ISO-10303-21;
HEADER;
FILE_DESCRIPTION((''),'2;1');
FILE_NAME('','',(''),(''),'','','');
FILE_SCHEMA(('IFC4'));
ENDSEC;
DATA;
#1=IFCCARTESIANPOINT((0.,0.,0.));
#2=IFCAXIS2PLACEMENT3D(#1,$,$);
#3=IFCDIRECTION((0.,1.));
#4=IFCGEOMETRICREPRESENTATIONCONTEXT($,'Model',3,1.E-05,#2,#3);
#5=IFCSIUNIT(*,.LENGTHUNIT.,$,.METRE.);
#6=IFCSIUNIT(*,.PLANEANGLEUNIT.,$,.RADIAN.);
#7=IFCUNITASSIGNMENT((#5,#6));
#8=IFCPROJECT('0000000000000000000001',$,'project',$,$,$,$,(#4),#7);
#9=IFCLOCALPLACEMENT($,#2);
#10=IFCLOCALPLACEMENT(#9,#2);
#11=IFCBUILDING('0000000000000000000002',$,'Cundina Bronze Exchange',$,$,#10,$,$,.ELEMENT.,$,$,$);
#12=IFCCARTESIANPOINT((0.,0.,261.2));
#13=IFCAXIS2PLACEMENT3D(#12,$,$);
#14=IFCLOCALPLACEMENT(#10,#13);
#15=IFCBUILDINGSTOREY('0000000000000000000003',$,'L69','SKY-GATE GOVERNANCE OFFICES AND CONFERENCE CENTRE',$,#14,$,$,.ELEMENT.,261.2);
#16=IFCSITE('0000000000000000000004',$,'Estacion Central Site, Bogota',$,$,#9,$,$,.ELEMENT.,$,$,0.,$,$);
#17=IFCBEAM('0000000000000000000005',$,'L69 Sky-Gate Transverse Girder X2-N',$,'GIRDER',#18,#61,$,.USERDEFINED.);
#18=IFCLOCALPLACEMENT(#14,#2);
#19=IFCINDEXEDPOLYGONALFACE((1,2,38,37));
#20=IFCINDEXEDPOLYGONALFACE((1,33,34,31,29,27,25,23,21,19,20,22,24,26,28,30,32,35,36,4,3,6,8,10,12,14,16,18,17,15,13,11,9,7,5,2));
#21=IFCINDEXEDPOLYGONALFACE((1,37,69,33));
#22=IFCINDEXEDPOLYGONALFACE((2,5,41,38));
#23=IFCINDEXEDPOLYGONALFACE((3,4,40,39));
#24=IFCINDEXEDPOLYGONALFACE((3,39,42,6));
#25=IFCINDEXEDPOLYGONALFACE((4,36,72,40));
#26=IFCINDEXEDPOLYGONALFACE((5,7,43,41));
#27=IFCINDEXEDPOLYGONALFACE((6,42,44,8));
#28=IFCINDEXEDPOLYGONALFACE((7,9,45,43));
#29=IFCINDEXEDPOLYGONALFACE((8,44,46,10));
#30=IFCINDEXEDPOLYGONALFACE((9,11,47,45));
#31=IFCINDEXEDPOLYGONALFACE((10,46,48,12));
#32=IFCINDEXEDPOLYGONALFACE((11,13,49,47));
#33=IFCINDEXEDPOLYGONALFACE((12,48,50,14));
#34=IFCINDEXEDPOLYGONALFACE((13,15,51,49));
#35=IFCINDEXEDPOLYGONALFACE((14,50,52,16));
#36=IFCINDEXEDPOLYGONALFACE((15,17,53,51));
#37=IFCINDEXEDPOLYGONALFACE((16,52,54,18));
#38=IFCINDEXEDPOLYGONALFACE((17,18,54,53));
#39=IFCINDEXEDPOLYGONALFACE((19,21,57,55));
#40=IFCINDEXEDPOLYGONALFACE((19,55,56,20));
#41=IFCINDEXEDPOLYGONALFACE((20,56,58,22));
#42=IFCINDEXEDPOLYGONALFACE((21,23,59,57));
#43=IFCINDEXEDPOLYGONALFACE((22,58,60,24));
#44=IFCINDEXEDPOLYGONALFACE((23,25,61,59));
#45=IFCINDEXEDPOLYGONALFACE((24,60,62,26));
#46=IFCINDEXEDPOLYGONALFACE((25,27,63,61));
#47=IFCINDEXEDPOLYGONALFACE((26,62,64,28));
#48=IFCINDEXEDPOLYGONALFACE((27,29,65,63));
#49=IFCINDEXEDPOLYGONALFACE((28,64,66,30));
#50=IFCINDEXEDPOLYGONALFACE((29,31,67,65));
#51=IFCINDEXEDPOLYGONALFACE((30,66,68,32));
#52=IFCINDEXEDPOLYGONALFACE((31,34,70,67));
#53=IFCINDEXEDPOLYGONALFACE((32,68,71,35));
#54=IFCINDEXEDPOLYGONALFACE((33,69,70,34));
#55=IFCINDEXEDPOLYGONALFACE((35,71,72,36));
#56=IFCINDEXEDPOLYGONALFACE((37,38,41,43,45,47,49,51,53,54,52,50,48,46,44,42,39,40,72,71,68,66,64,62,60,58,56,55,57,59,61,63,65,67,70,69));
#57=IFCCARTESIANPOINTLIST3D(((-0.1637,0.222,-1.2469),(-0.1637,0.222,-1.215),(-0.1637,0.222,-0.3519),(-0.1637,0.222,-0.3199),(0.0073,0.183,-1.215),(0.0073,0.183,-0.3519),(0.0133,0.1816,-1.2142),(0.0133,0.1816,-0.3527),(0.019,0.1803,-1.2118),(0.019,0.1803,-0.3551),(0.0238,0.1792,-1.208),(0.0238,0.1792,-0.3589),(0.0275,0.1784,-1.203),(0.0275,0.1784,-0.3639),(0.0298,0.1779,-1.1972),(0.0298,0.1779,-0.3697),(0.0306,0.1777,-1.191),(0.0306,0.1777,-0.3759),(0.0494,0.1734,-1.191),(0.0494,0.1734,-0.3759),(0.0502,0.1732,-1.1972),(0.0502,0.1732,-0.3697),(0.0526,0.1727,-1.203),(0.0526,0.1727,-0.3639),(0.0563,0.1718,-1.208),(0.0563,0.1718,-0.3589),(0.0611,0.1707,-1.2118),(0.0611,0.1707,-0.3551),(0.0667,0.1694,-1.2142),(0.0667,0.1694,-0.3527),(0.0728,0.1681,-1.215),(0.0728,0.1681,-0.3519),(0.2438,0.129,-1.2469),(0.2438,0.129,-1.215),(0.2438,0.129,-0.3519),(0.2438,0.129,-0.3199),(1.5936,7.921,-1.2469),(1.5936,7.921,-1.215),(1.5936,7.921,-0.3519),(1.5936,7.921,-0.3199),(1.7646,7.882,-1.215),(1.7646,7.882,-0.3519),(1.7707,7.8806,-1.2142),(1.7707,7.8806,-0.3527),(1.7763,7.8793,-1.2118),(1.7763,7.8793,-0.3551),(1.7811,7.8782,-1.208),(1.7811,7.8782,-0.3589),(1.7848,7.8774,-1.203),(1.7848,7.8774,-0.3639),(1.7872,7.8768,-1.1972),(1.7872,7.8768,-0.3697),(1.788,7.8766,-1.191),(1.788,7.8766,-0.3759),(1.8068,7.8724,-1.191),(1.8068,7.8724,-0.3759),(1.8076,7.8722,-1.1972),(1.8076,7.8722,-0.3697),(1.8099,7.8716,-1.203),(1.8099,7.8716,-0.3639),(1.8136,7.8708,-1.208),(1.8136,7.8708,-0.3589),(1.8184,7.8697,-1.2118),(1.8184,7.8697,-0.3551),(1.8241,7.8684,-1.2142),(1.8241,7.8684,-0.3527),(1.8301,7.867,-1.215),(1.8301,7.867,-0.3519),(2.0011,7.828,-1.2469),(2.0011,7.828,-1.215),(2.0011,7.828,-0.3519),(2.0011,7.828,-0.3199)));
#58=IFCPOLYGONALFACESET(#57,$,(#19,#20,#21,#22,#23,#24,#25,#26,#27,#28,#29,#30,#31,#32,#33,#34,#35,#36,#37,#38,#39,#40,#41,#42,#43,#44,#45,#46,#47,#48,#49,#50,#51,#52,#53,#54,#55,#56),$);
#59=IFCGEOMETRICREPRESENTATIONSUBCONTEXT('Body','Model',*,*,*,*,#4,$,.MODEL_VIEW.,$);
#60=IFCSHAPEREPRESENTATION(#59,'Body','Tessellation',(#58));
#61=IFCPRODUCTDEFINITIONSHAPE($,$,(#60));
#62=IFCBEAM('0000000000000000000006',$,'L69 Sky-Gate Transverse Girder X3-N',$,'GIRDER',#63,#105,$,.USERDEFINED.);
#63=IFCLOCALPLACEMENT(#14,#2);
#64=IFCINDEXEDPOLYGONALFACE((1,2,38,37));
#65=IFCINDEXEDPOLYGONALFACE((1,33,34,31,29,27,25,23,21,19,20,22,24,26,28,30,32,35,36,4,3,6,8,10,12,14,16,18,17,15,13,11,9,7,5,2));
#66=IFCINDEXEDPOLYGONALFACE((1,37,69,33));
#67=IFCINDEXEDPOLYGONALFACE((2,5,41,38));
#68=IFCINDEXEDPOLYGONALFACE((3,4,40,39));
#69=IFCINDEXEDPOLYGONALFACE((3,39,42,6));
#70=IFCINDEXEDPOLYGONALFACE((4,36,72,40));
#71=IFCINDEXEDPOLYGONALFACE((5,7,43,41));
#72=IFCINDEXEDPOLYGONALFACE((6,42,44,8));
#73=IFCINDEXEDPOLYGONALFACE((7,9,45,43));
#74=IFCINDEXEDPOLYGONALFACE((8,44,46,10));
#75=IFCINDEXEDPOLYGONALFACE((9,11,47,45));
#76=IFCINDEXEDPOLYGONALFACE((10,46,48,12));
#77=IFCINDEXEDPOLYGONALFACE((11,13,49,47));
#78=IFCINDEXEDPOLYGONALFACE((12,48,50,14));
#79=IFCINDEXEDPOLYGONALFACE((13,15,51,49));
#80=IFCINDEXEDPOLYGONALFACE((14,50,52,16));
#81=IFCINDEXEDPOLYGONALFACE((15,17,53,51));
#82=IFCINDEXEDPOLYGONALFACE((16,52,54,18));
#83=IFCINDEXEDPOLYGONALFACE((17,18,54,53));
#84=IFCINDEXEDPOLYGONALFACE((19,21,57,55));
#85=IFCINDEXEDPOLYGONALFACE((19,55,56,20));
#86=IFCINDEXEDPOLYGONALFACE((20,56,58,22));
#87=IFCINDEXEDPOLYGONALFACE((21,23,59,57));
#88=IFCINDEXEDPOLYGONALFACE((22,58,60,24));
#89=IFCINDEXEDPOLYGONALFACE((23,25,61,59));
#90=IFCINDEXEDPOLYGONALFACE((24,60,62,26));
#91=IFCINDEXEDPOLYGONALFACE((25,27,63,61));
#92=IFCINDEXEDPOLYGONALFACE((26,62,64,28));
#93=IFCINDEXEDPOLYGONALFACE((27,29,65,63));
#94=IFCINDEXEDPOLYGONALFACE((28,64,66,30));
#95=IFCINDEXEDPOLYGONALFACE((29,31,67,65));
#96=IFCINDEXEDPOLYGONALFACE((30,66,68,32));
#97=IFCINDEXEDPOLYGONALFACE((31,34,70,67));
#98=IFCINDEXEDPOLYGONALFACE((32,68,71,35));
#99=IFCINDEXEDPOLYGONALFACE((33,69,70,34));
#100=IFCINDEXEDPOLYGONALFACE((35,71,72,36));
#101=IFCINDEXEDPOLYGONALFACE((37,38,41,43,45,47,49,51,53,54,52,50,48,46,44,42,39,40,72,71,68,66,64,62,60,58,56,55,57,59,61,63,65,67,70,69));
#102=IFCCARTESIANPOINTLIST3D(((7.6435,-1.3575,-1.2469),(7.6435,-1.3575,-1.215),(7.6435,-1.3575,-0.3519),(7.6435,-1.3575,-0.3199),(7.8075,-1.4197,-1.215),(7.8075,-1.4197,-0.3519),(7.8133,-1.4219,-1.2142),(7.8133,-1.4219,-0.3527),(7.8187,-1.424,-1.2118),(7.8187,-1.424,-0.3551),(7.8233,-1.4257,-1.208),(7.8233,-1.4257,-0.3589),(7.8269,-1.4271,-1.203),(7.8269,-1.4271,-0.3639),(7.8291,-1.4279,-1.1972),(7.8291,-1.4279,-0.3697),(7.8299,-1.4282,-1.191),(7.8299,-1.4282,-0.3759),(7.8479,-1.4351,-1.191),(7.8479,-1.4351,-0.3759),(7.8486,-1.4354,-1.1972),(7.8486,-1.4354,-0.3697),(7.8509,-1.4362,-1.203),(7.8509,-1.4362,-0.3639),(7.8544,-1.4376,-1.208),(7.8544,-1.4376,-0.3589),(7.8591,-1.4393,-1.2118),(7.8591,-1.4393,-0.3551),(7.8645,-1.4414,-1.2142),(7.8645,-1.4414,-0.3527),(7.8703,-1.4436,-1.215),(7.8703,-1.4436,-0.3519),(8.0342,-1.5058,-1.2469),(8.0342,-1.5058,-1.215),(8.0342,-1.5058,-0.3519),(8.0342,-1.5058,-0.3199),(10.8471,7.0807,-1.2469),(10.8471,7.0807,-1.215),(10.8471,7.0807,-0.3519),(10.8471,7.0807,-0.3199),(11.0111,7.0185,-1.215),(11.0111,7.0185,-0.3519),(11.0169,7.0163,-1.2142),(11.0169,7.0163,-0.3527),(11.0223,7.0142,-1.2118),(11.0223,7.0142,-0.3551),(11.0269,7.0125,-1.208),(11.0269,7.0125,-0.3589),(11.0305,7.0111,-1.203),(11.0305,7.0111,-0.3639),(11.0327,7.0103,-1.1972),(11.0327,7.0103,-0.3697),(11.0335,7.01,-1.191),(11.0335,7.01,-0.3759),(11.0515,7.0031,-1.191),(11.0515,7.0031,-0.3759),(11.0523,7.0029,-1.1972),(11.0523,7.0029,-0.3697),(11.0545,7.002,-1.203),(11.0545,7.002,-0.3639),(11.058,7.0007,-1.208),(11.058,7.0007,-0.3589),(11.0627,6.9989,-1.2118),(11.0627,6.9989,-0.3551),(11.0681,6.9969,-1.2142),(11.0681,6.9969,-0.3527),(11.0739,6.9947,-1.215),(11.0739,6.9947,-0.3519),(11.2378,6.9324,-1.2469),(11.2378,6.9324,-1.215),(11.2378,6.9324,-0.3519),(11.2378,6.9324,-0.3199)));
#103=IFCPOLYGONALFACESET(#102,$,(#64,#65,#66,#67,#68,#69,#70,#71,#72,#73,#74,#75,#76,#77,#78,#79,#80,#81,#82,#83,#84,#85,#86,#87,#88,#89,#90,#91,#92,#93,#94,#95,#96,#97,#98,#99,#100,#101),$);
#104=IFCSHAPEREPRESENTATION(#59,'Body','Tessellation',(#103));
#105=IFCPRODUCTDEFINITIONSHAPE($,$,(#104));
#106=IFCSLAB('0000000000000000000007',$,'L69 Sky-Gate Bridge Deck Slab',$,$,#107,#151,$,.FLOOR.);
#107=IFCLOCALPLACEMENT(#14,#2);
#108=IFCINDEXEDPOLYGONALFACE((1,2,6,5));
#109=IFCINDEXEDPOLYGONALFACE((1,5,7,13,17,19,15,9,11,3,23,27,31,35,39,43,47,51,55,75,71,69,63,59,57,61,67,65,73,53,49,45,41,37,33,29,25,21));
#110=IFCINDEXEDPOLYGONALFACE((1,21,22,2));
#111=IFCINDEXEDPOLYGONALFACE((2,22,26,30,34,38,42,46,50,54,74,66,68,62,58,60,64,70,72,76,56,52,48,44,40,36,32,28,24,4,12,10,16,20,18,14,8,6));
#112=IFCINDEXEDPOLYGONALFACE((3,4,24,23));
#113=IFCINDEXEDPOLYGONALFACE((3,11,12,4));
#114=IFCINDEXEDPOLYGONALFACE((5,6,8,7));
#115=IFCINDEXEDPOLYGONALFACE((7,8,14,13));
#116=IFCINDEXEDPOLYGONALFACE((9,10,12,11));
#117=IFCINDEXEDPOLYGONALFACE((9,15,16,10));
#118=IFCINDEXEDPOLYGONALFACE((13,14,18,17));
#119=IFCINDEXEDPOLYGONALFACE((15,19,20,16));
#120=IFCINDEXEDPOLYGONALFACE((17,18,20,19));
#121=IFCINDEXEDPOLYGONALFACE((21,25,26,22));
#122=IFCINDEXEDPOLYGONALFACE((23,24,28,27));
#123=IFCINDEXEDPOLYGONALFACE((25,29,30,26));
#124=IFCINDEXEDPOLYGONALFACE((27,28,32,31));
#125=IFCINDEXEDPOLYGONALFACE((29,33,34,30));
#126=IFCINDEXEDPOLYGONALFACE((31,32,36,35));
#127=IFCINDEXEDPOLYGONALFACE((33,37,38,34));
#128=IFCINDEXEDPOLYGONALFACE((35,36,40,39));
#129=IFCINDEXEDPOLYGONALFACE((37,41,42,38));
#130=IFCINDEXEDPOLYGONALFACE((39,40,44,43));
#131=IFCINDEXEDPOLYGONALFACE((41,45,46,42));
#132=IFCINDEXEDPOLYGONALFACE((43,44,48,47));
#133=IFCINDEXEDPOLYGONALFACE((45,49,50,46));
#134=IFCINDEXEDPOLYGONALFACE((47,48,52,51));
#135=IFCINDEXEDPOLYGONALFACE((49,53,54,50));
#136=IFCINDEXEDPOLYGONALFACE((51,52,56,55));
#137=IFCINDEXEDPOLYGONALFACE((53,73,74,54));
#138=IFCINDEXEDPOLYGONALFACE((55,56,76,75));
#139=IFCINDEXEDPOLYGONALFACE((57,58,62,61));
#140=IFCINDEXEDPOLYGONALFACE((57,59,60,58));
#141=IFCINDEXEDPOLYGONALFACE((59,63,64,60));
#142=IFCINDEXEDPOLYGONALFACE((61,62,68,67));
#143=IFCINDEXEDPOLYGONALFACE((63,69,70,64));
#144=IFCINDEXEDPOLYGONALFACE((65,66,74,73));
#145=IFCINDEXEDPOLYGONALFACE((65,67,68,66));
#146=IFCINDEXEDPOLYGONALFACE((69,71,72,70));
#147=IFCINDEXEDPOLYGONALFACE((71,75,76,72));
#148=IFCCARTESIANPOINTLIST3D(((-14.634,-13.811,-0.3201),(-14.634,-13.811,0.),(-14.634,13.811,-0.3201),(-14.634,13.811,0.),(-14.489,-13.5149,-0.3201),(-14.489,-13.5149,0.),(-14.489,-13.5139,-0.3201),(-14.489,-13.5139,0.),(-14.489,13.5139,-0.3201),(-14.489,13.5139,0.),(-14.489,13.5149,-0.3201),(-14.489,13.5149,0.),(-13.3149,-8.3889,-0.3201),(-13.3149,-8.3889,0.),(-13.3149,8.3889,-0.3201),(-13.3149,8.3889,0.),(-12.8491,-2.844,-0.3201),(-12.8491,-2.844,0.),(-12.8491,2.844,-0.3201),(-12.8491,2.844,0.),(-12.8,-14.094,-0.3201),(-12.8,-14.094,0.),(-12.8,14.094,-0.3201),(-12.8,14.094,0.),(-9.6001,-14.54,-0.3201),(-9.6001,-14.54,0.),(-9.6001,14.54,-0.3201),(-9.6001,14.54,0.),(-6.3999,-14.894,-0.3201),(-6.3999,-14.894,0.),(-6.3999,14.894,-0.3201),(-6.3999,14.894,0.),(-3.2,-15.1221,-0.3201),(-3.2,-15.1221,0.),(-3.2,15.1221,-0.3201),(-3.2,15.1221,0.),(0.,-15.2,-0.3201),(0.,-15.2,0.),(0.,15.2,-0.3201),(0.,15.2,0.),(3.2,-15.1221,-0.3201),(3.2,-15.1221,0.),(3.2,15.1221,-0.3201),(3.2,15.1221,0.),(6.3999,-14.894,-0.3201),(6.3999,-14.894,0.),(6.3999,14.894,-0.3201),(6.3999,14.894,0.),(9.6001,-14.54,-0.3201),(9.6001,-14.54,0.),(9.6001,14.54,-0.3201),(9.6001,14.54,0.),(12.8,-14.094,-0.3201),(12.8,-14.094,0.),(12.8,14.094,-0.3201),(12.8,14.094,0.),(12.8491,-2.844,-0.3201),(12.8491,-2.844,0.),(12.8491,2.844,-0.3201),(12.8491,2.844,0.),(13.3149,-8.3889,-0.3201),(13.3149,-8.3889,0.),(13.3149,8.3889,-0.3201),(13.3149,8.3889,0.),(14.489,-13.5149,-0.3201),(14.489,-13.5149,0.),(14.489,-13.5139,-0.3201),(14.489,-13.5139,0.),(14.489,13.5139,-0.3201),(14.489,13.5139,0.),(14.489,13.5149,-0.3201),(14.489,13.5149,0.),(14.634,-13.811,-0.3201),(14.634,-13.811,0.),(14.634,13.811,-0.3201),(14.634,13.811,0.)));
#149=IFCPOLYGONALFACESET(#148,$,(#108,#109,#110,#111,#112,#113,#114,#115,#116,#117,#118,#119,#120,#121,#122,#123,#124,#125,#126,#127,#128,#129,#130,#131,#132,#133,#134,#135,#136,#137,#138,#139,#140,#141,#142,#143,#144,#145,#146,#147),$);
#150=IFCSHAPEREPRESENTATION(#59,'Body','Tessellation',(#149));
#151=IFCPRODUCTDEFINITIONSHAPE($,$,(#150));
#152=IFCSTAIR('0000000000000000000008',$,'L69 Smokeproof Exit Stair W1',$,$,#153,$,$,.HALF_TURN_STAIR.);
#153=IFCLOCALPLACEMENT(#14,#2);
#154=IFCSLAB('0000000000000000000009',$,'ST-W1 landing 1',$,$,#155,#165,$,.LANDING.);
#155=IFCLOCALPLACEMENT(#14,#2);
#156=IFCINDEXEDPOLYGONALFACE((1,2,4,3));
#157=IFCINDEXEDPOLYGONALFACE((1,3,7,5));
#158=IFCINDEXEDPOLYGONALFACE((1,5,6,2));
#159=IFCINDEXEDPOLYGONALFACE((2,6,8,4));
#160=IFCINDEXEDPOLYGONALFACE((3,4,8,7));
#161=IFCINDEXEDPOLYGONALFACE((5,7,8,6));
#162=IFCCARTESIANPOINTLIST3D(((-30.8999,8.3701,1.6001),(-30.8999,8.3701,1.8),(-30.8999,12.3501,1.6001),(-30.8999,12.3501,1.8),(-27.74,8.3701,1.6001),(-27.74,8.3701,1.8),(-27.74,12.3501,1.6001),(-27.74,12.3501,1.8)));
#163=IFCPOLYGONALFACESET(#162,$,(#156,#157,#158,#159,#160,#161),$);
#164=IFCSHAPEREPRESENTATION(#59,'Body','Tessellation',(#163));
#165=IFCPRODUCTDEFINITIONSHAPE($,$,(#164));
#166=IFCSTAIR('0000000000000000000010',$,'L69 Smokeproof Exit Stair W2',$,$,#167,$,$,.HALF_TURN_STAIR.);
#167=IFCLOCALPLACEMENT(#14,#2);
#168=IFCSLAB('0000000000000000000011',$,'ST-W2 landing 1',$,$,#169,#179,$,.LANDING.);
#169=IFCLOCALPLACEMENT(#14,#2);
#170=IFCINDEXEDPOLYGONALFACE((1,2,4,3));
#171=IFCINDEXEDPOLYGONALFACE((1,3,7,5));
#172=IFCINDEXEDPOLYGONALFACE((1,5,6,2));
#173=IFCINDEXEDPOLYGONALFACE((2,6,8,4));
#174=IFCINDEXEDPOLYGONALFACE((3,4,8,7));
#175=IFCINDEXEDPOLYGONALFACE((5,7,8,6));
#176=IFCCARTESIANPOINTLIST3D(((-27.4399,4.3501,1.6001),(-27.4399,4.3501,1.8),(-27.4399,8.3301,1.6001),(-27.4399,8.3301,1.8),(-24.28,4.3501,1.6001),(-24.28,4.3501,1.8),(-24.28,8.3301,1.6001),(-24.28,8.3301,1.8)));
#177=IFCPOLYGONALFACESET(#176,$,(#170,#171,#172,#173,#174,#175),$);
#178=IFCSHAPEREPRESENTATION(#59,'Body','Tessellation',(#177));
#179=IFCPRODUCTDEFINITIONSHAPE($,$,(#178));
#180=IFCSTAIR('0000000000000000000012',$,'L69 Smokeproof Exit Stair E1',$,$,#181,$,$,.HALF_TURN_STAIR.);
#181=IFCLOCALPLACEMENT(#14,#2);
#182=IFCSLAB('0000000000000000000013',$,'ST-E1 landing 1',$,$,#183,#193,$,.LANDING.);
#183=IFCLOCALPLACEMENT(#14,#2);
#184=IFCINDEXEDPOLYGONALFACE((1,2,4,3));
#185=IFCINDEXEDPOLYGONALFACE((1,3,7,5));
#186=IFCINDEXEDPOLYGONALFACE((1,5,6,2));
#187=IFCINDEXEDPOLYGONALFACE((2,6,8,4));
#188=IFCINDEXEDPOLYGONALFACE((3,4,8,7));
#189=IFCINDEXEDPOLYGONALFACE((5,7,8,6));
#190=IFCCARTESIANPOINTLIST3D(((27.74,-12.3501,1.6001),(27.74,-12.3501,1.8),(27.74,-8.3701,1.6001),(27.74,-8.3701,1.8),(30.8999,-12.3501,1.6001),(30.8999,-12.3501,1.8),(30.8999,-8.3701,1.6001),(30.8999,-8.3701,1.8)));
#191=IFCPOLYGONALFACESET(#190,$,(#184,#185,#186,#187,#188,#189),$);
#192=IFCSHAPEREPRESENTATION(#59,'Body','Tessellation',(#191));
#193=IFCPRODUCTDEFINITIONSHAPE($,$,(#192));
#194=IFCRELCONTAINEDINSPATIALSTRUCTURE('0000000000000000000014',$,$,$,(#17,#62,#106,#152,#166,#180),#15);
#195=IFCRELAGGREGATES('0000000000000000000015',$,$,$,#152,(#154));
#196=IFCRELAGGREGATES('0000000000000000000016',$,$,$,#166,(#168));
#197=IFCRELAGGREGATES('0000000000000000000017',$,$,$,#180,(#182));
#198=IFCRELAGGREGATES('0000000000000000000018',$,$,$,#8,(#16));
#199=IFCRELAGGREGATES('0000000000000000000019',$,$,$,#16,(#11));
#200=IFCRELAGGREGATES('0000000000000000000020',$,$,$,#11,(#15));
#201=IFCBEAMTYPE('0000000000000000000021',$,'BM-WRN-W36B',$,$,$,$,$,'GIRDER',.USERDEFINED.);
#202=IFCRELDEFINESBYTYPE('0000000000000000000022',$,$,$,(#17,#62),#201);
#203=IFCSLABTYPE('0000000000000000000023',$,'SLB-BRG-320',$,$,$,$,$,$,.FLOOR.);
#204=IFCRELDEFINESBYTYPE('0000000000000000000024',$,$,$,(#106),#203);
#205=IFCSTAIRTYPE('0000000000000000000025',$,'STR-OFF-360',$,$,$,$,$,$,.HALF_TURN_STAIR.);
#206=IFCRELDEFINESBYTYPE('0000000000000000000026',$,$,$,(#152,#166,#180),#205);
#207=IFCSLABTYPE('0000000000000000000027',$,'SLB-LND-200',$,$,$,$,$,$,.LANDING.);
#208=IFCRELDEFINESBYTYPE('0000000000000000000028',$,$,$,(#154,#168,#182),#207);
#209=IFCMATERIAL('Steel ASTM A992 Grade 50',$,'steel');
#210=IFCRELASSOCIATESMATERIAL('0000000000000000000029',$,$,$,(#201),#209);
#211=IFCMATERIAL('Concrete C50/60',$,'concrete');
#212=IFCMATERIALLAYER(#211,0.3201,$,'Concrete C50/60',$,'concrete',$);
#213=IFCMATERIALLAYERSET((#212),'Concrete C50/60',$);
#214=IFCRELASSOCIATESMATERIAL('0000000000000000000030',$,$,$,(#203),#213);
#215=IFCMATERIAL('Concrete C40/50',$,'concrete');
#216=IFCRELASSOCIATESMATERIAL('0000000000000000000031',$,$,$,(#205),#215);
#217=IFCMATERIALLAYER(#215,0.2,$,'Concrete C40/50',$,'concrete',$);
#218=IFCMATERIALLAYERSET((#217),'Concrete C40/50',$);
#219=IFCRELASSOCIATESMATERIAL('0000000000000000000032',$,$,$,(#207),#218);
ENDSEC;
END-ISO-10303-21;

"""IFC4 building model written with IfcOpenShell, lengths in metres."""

from ifc_helpers import new_model, si_unit, direction, frame, origin, origin_2d, place, context, subcontext, project, spatial, polyline, i_section, outline, extrude, material, layer, layer_set, material_profile, profile_set, type_object, element, aggregate, save


model = new_model("IFC4")

# Units and contexts
model_context = context("Model", 3, precision=1e-05, world=origin(), true_north=direction((0.0, 1.0)))
body_context = subcontext(model_context, "Body", "Model", "MODEL_VIEW")
ifc_project = project(units=[si_unit("LENGTHUNIT", "METRE"), si_unit("PLANEANGLEUNIT", "RADIAN")], contexts=[model_context])

# Site, building, storey
site_placement = place(None, origin())
site = spatial("IfcSite", under=ifc_project, at=site_placement, Name="Estacion Central Site, Bogota", CompositionType="ELEMENT", RefElevation=0.0)
building_placement = place(site_placement, origin())
building = spatial("IfcBuilding", under=site, at=building_placement, Name="Cundina Bronze Exchange", CompositionType="ELEMENT")
storey_placement = place(building_placement, frame((0.0, 0.0, 261.2)))
storey = spatial("IfcBuildingStorey", under=building, at=storey_placement, Name="L69", Description="SKY-GATE GOVERNANCE OFFICES AND CONFERENCE CENTRE", CompositionType="ELEMENT", Elevation=261.2)

# Shared definitions
ifc_material_1 = material(Name="Concrete C50/60", Category="concrete")

# Beams
ifc_material_2 = material(Name="Steel ASTM A992 Grade 50", Category="steel")
ifc_material_profile_1 = material_profile(ifc_material_2, i_section(OverallWidth=0.418, OverallDepth=0.927, WebThickness=0.0193, FlangeThickness=0.032, FilletRadius=0.0239, at=origin_2d()), Name="W36X231", Category="steel")
ifc_profile_set_1 = profile_set([ifc_material_profile_1], Name="Steel ASTM A992 Grade 50")
beam_type_1 = type_object("IfcBeamType", Name="BM-WRN-W36B", ElementType="GIRDER", PredefinedType="USERDEFINED", material=ifc_profile_set_1)
beam_1_placement = place(storey_placement, frame((0.04, 0.1755, -0.7834), z_axis=(0.222531, 0.974926, 0.0), x_axis=(-0.974926, 0.222531, 0.0)))
element("IfcBeam", 1, at=beam_1_placement, inside=storey, type_object=beam_type_1, Name="L69 Sky-Gate Transverse Girder X2-N", ObjectType="GIRDER", PredefinedType="USERDEFINED", context=body_context, shape_type="SweptSolid", body=[
    extrude(i_section(OverallWidth=0.418, OverallDepth=0.927, WebThickness=0.0193, FlangeThickness=0.032, FilletRadius=0.0239, at=origin_2d()), origin(), (0.0, 0.0, 1.0), 7.897),
])
beam_2_placement = place(storey_placement, frame((7.8389, -1.4316, -0.7834), z_axis=(0.354936, 0.934891, 0.0), x_axis=(-0.934891, 0.354936, 0.0)))
element("IfcBeam", 2, at=beam_2_placement, inside=storey, type_object=beam_type_1, Name="L69 Sky-Gate Transverse Girder X3-N", ObjectType="GIRDER", PredefinedType="USERDEFINED", context=body_context, shape_type="SweptSolid", body=[
    extrude(i_section(OverallWidth=0.418, OverallDepth=0.927, WebThickness=0.0193, FlangeThickness=0.032, FilletRadius=0.0239, at=origin_2d()), origin(), (0.0, 0.0, 1.0), 9.0259),
])

# Slab
ifc_layer_1 = layer(ifc_material_1, 0.3201, Name="Concrete C50/60", Category="concrete")
ifc_layer_set_1 = layer_set([ifc_layer_1], Name="Concrete C50/60")
slab_type_1 = type_object("IfcSlabType", Name="SLB-BRG-320", PredefinedType="FLOOR", material=ifc_layer_set_1)
slab_1_placement = place(storey_placement, frame((0.0, 0.0, -0.3201)))
element("IfcSlab", 3, at=slab_1_placement, inside=storey, type_object=slab_type_1, Name="L69 Sky-Gate Bridge Deck Slab", PredefinedType="FLOOR", context=body_context, shape_type="SweptSolid", body=[
    extrude(outline(polyline([(12.8, -14.094), (9.6001, -14.54), (6.3999, -14.894), (3.2, -15.1221), (0.0, -15.2), (-3.2, -15.1221), (-6.3999, -14.894), (-9.6001, -14.54), (-12.8, -14.094), (-14.634, -13.811), (-14.489, -13.5149), (-14.489, -13.5149), (-14.489, -13.5139), (-13.3149, -8.3889), (-13.3149, -8.3889), (-12.8491, -2.844), (-12.8491, -2.844), (-12.8491, 2.844), (-12.8491, 2.844), (-13.3149, 8.3889), (-13.3149, 8.3889), (-14.489, 13.5139), (-14.489, 13.5149), (-14.489, 13.5149), (-14.634, 13.811), (-12.8, 14.094), (-9.6001, 14.54), (-6.3999, 14.894), (-3.2, 15.1221), (0.0, 15.2), (3.2, 15.1221), (6.3999, 14.894), (9.6001, 14.54), (12.8, 14.094), (14.634, 13.811), (14.489, 13.5149), (14.489, 13.5149), (14.489, 13.5139), (13.3149, 8.3889), (13.3149, 8.3889), (12.8491, 2.844), (12.8491, 2.844), (12.8491, -2.844), (12.8491, -2.844), (13.3149, -8.3889), (13.3149, -8.3889), (14.489, -13.5139), (14.489, -13.5149), (14.489, -13.5149), (14.634, -13.811), (12.8, -14.094)])), origin(), (0.0, 0.0, 1.0), 0.3201),
])

# Stairs, slabs
ifc_material_3 = material(Name="Concrete C40/50", Category="concrete")
stair_type = type_object("IfcStairType", Name="STR-OFF-360", PredefinedType="HALF_TURN_STAIR", material=ifc_material_3)
stair_1_placement = place(storey_placement, origin())
stair_1 = element("IfcStair", 4, at=stair_1_placement, inside=storey, type_object=stair_type, Name="L69 Smokeproof Exit Stair W1", PredefinedType="HALF_TURN_STAIR")
ifc_layer_2 = layer(ifc_material_3, 0.2, Name="Concrete C40/50", Category="concrete")
ifc_layer_set_2 = layer_set([ifc_layer_2], Name="Concrete C40/50")
slab_type_2 = type_object("IfcSlabType", Name="SLB-LND-200", PredefinedType="LANDING", material=ifc_layer_set_2)
slab_2_placement = place(storey_placement, frame((0.0, 0.0, 1.6001)))
slab_2 = element("IfcSlab", 5, at=slab_2_placement, type_object=slab_type_2, Name="ST-W1 landing 1", PredefinedType="LANDING", context=body_context, shape_type="SweptSolid", body=[
    extrude(outline(polyline([(-27.74, 8.3701), (-27.74, 12.3501), (-30.8999, 12.3501), (-30.8999, 8.3701), (-27.74, 8.3701)])), origin(), (0.0, 0.0, 1.0), 0.2),
])
aggregate(stair_1, [slab_2])
stair_2_placement = place(storey_placement, origin())
stair_2 = element("IfcStair", 6, at=stair_2_placement, inside=storey, type_object=stair_type, Name="L69 Smokeproof Exit Stair W2", PredefinedType="HALF_TURN_STAIR")
slab_3_placement = place(storey_placement, frame((0.0, 0.0, 1.6001)))
slab_3 = element("IfcSlab", 7, at=slab_3_placement, type_object=slab_type_2, Name="ST-W2 landing 1", PredefinedType="LANDING", context=body_context, shape_type="SweptSolid", body=[
    extrude(outline(polyline([(-27.4399, 8.3301), (-27.4399, 4.3501), (-24.28, 4.3501), (-24.28, 8.3301), (-27.4399, 8.3301)])), origin(), (0.0, 0.0, 1.0), 0.2),
])
aggregate(stair_2, [slab_3])
stair_3_placement = place(storey_placement, origin())
stair_3 = element("IfcStair", 8, at=stair_3_placement, inside=storey, type_object=stair_type, Name="L69 Smokeproof Exit Stair E1", PredefinedType="HALF_TURN_STAIR")
slab_4_placement = place(storey_placement, frame((0.0, 0.0, 1.6001)))
slab_4 = element("IfcSlab", 9, at=slab_4_placement, type_object=slab_type_2, Name="ST-E1 landing 1", PredefinedType="LANDING", context=body_context, shape_type="SweptSolid", body=[
    extrude(outline(polyline([(27.74, -8.3701), (27.74, -12.3501), (30.8999, -12.3501), (30.8999, -8.3701), (27.74, -8.3701)])), origin(), (0.0, 0.0, 1.0), 0.2),
])
aggregate(stair_3, [slab_4])

save(model, "model.ifc")
